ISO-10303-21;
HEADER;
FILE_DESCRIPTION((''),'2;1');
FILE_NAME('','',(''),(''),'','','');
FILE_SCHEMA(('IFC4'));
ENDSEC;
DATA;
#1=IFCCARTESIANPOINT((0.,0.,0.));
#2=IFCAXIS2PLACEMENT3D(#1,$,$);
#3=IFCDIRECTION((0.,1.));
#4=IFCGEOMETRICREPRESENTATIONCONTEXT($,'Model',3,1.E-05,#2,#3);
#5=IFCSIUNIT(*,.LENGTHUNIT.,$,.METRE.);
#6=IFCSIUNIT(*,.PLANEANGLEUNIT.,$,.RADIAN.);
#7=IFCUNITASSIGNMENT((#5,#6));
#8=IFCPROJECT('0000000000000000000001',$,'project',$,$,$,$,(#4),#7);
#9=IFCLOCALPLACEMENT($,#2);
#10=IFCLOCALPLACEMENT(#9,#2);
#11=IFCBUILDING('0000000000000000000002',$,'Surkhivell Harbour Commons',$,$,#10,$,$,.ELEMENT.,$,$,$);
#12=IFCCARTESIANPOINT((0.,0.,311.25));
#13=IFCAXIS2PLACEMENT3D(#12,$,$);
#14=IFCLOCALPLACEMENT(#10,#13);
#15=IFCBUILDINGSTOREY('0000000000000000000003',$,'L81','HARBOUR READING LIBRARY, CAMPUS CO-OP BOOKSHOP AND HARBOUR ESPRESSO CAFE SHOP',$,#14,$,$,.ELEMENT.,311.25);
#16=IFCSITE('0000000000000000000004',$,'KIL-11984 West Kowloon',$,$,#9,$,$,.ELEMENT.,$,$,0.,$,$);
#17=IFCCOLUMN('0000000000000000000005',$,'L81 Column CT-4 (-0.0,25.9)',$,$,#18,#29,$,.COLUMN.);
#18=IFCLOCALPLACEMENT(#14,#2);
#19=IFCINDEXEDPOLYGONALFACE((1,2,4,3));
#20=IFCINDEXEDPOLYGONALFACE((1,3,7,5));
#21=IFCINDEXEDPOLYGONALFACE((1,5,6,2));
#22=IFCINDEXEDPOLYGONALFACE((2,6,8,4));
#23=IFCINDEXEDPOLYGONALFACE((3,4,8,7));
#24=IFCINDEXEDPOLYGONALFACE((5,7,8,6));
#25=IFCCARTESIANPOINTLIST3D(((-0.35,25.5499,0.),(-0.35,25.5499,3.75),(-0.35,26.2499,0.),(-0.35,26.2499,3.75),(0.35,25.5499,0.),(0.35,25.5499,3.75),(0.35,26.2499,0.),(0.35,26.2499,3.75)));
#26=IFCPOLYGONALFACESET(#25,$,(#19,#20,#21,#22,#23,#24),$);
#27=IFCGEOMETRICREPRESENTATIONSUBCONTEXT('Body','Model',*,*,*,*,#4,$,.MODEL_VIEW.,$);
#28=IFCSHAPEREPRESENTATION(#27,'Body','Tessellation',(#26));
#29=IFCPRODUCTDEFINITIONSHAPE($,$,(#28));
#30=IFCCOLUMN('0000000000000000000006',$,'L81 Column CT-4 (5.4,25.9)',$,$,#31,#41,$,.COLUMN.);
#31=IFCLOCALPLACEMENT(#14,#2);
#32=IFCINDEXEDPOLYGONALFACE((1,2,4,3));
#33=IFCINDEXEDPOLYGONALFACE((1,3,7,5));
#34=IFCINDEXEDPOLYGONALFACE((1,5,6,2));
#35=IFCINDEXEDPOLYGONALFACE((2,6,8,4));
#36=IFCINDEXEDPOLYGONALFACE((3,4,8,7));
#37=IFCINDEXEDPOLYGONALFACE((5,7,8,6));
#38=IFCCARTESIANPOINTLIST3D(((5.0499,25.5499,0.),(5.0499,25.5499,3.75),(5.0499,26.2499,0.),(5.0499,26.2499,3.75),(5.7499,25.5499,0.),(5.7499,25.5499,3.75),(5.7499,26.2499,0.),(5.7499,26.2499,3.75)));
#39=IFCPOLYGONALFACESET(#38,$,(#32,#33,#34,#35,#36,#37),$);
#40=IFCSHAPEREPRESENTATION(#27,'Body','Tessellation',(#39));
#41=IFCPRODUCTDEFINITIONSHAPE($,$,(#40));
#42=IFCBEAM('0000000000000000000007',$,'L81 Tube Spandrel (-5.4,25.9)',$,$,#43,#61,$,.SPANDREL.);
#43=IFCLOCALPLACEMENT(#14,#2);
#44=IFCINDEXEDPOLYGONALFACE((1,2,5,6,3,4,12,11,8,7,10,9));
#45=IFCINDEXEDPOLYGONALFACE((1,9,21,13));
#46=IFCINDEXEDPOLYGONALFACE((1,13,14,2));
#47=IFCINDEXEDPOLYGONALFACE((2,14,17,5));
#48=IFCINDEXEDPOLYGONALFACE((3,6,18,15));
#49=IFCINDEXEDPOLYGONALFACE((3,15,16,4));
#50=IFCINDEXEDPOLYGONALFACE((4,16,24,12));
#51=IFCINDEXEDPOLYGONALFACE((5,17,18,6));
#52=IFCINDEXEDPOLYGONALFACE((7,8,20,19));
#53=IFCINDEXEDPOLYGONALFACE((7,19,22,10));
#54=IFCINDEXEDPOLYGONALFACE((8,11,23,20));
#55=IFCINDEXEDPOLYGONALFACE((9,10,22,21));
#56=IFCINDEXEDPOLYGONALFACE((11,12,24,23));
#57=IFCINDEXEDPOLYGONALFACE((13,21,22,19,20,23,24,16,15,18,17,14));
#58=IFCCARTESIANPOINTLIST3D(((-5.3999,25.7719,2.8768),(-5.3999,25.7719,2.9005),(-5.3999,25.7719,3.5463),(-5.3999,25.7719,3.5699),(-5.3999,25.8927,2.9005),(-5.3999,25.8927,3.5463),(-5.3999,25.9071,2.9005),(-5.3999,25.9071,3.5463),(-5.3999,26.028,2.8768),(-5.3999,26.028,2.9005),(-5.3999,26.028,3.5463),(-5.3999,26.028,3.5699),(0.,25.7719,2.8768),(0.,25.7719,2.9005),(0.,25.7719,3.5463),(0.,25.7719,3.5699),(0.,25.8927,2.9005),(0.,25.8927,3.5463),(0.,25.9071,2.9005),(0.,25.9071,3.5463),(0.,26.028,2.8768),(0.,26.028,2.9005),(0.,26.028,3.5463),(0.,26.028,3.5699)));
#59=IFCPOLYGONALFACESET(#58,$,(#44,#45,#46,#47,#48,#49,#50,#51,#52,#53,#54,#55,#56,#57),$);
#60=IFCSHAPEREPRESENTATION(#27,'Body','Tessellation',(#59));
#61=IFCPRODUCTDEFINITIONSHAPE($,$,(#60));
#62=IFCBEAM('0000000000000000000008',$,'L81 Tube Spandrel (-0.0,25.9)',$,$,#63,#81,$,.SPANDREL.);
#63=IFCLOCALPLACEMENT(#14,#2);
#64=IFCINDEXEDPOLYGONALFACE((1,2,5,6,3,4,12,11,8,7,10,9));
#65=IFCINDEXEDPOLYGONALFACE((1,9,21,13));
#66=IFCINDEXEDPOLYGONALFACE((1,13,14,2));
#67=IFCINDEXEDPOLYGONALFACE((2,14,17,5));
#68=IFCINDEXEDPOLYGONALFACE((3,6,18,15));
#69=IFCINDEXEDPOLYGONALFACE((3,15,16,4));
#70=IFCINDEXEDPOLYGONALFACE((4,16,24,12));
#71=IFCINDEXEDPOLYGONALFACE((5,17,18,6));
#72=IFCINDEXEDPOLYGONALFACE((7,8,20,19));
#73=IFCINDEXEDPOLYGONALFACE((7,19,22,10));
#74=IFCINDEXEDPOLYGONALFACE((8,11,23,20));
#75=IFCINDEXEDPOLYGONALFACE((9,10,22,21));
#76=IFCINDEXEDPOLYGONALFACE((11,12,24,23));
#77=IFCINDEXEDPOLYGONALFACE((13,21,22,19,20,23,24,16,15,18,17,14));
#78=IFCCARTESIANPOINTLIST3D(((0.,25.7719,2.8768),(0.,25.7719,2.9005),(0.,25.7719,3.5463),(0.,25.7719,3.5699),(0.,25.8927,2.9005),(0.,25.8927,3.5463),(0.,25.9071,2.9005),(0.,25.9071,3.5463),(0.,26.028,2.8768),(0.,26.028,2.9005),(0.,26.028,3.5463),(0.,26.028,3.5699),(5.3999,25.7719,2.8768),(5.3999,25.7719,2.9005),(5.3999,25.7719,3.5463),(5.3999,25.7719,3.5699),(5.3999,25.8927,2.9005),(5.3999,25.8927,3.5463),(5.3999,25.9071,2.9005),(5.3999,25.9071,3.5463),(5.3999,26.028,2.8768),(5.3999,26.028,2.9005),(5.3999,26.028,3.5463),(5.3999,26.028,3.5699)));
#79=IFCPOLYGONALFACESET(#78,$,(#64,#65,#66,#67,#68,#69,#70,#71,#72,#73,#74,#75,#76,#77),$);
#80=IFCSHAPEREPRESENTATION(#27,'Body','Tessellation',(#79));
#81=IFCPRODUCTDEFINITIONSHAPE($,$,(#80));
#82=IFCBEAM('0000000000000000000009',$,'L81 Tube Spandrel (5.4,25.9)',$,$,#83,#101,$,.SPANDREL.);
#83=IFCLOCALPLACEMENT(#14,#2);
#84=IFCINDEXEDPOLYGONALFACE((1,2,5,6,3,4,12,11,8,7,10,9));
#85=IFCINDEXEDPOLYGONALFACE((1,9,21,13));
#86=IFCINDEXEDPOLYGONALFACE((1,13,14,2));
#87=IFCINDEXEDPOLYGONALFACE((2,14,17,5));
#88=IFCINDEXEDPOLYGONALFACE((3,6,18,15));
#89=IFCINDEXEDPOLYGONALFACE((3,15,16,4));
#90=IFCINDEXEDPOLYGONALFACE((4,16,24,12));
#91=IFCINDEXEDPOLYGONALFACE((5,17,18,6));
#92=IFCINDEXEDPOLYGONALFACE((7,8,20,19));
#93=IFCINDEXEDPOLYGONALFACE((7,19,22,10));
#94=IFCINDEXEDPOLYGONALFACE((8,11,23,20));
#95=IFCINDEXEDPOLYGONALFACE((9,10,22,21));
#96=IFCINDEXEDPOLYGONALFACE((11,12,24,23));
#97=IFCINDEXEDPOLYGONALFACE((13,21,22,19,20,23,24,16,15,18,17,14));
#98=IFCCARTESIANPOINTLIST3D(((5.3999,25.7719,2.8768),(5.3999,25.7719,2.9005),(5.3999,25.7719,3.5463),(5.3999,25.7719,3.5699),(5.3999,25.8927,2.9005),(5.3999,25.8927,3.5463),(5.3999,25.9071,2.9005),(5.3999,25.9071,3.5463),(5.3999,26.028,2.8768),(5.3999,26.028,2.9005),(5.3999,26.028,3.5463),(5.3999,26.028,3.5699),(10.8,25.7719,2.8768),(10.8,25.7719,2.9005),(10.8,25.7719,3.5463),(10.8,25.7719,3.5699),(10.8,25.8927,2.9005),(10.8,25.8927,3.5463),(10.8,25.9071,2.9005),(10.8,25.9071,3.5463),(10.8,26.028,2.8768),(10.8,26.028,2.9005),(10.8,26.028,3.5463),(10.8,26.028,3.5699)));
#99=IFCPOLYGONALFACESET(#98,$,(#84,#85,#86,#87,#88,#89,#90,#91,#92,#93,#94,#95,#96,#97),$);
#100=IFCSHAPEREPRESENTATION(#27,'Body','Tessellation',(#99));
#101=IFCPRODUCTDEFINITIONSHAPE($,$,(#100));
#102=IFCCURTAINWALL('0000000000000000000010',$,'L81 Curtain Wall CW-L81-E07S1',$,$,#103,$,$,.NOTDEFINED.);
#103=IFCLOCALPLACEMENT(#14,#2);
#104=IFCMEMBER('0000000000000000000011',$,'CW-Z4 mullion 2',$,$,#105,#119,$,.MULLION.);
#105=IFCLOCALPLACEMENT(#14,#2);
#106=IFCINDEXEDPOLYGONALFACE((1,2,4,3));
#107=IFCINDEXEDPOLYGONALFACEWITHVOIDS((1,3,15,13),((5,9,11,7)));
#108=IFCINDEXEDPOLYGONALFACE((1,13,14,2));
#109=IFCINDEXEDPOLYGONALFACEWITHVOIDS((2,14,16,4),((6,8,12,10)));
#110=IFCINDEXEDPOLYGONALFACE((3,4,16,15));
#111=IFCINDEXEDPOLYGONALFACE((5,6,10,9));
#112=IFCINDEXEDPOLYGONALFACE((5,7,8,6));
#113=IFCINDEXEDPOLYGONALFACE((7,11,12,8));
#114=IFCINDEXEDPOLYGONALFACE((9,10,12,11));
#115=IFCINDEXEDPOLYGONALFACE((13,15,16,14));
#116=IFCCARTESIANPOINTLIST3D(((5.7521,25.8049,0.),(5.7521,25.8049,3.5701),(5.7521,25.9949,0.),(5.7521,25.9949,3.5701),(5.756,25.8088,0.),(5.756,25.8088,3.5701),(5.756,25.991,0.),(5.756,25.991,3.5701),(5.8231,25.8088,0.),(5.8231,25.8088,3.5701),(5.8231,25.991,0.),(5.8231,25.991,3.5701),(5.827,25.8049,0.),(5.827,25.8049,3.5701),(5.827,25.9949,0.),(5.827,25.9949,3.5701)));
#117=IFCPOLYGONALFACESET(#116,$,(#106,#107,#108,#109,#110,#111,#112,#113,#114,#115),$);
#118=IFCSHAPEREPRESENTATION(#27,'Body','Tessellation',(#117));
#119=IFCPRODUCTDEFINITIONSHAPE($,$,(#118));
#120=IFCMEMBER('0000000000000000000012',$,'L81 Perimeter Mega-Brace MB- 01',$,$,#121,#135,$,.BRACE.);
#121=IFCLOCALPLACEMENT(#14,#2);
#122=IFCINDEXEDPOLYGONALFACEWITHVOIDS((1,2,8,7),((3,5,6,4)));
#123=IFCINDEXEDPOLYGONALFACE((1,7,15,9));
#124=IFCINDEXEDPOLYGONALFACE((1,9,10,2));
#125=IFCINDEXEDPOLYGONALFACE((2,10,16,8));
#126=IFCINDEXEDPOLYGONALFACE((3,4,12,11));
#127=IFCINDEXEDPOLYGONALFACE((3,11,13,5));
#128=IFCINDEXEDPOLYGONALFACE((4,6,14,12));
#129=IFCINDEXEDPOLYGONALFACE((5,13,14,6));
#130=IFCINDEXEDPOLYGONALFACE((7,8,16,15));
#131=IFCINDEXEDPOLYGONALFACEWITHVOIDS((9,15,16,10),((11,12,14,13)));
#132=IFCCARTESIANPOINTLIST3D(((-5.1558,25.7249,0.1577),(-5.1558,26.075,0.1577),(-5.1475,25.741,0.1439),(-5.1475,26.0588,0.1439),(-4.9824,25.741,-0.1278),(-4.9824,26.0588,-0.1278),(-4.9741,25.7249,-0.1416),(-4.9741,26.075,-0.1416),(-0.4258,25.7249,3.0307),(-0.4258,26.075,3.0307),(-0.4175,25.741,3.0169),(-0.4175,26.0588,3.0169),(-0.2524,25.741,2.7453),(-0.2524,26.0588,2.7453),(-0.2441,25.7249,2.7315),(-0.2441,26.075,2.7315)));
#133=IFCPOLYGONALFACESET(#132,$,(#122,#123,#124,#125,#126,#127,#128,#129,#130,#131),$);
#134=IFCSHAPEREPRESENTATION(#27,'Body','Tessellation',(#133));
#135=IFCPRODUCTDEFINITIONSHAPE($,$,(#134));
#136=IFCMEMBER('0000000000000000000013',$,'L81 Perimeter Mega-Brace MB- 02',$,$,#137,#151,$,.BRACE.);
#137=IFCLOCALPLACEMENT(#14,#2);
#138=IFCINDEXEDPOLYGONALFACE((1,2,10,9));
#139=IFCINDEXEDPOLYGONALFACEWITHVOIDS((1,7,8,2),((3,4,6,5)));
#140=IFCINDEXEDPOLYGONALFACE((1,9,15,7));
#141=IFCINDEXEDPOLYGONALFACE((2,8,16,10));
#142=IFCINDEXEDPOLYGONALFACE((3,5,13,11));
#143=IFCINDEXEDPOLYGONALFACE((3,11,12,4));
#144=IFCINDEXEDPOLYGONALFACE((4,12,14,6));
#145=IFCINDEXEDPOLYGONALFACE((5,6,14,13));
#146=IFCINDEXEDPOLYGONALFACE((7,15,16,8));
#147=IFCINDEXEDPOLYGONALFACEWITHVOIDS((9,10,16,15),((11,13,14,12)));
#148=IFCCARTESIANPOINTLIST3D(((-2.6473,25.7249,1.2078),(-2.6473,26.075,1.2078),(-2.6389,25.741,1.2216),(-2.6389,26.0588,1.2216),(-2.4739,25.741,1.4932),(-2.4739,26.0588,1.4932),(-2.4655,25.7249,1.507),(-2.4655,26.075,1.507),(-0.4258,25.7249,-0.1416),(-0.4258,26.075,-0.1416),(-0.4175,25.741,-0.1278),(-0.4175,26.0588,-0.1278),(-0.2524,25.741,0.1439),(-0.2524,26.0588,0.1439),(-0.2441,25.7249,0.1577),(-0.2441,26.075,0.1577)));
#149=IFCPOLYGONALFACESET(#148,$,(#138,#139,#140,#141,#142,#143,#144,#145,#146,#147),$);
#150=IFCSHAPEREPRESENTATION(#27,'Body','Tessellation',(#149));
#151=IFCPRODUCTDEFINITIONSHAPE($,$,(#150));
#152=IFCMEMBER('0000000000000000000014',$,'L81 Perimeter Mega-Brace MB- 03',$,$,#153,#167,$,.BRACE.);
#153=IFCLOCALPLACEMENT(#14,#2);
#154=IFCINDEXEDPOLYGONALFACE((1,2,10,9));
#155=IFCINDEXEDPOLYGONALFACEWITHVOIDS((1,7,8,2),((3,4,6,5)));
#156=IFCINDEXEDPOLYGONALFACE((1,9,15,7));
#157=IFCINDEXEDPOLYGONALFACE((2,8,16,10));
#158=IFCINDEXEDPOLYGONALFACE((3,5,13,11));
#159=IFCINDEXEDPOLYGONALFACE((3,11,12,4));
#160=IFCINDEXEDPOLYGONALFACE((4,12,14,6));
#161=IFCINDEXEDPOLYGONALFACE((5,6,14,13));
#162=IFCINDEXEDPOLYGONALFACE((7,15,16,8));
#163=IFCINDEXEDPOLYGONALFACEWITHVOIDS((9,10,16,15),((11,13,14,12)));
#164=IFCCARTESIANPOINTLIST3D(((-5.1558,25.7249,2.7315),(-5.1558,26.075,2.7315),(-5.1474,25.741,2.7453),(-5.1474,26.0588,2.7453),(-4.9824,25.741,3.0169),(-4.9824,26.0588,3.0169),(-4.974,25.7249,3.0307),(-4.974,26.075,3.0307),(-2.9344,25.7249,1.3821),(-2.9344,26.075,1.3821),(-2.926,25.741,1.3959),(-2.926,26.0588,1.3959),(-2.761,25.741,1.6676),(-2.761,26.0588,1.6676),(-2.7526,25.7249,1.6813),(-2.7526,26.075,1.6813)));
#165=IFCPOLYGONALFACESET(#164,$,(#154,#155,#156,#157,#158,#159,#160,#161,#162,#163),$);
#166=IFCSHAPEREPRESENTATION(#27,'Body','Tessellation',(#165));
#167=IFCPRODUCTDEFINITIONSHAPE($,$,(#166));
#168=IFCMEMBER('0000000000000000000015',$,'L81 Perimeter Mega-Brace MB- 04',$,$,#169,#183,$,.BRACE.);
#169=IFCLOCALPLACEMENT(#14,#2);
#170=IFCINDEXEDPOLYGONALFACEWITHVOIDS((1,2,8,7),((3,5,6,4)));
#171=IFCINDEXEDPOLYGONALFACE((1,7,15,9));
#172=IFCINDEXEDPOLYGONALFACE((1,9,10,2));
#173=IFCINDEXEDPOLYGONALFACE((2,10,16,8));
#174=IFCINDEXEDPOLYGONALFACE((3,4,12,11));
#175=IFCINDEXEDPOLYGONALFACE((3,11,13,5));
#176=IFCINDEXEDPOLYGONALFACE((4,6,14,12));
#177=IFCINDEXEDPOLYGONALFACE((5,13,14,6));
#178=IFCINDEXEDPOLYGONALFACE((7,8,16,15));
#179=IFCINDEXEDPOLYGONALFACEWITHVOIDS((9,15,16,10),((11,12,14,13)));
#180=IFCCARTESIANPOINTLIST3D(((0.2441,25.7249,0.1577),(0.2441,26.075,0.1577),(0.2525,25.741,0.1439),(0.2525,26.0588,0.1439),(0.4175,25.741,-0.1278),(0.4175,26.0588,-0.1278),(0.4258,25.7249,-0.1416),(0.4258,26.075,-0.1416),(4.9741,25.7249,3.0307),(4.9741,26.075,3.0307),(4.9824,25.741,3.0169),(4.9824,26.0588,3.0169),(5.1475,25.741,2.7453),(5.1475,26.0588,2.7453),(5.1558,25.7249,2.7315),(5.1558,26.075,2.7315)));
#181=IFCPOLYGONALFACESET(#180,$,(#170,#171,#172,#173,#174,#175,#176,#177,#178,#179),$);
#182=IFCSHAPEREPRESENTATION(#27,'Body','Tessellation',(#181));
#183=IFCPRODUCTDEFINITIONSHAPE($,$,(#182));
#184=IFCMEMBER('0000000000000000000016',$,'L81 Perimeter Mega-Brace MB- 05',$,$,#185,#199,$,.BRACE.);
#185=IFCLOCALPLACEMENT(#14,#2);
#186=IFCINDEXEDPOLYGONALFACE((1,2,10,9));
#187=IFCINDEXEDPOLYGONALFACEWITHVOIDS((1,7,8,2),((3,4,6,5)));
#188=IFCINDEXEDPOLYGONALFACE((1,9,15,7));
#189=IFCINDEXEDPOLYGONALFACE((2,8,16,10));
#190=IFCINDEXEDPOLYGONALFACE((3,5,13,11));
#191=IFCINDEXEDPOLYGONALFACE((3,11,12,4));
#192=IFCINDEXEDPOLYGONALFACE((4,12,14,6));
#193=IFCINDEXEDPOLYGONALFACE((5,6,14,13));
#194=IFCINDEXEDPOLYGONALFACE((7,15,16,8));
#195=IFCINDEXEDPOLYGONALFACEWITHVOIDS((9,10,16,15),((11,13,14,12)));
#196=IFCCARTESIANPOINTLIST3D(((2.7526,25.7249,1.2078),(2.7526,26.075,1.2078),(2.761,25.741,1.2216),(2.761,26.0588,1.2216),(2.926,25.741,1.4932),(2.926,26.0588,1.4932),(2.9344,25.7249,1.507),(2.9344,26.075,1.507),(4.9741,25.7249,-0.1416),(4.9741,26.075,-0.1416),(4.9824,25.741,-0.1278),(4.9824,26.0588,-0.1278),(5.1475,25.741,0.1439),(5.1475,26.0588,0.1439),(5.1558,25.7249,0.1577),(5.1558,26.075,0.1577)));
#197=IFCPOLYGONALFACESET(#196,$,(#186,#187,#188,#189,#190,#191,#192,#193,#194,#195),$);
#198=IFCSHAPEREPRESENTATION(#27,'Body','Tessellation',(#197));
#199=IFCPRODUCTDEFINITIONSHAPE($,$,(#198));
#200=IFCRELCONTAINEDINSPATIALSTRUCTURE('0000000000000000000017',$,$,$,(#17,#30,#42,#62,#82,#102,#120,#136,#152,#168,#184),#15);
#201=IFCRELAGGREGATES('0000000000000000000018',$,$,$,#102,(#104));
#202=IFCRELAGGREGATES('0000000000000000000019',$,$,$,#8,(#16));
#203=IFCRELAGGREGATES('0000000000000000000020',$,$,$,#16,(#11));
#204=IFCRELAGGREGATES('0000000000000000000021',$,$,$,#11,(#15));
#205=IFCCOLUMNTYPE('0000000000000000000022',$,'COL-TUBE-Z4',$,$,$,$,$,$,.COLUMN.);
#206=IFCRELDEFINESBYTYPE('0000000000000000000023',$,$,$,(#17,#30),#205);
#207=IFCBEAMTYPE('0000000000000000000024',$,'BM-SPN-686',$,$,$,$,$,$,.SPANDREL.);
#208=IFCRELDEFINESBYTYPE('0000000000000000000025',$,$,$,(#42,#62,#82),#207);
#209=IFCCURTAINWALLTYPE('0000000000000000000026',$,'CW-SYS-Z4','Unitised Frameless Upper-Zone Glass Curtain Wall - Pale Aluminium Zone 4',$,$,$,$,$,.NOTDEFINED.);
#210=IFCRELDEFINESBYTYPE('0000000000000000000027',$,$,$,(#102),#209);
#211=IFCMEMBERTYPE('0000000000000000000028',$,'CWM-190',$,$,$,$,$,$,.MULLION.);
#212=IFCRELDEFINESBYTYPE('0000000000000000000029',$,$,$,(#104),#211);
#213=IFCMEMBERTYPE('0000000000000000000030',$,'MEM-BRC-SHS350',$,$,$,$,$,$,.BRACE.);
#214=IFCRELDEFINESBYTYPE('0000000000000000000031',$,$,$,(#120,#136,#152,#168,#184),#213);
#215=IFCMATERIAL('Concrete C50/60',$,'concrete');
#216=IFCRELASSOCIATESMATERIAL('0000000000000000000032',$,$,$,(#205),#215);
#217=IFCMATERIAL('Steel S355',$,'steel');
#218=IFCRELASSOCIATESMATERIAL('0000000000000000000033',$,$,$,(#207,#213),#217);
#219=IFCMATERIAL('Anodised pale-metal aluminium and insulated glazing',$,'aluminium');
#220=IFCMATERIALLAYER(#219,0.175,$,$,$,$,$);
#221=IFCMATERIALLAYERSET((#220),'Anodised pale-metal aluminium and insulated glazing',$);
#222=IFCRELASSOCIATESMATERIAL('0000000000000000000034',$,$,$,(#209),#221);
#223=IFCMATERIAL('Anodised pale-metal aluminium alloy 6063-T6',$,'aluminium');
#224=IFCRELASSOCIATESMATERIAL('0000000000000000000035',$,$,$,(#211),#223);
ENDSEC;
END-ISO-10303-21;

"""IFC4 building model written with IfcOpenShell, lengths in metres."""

from ifc_helpers import new_model, si_unit, direction, frame, origin, origin_2d, place, context, subcontext, project, spatial, rectangle, hollow_rectangle, i_section, extrude, material, layer, layer_set, material_profile, profile_set, type_object, element, aggregate, save


model = new_model("IFC4")

# Units and contexts
model_context = context("Model", 3, precision=1e-05, world=origin(), true_north=direction((0.0, 1.0)))
body_context = subcontext(model_context, "Body", "Model", "MODEL_VIEW")
ifc_project = project(units=[si_unit("LENGTHUNIT", "METRE"), si_unit("PLANEANGLEUNIT", "RADIAN")], contexts=[model_context])

# Site, building, storey
site_placement = place(None, origin())
site = spatial("IfcSite", under=ifc_project, at=site_placement, Name="KIL-11984 West Kowloon", CompositionType="ELEMENT", RefElevation=0.0)
building_placement = place(site_placement, origin())
building = spatial("IfcBuilding", under=site, at=building_placement, Name="Surkhivell Harbour Commons", CompositionType="ELEMENT")
storey_placement = place(building_placement, frame((0.0, 0.0, 311.25)))
storey = spatial("IfcBuildingStorey", under=building, at=storey_placement, Name="L81", Description="HARBOUR READING LIBRARY, CAMPUS CO-OP BOOKSHOP AND HARBOUR ESPRESSO CAFE SHOP", CompositionType="ELEMENT", Elevation=311.25)

# Columns
ifc_material_1 = material(Name="Concrete C50/60", Category="concrete")
ifc_material_profile_1 = material_profile(ifc_material_1, rectangle(XDim=0.7, YDim=0.7, at=origin_2d()), Name="RC-COL-700x700")
ifc_profile_set_1 = profile_set([ifc_material_profile_1], Name="Concrete C50/60")
column_type = type_object("IfcColumnType", Name="COL-TUBE-Z4", PredefinedType="COLUMN", material=ifc_profile_set_1)
for number, where, z_axis, x_axis, name in (
    (1, (0.0, 25.8999, 0.0), (0.0, 0.0, 1.0), (1.0, 0.0, 0.0), "L81 Column CT-4 (-0.0,25.9)"),
    (2, (5.3999, 25.8999, 0.0), (0.0, 0.0, 1.0), (1.0, 0.0, 0.0), "L81 Column CT-4 (5.4,25.9)"),
):
    element("IfcColumn", number, at=place(storey_placement, frame(where, z_axis=z_axis, x_axis=x_axis)), inside=storey, type_object=column_type, Name=name, PredefinedType="COLUMN", context=body_context, shape_type="SweptSolid", body=[
        extrude(rectangle(XDim=0.7, YDim=0.7, at=origin_2d()), origin(), (0.0, 0.0, 1.0), 3.75),
    ])

# Beams
ifc_material_2 = material(Name="Steel S355", Category="steel")
ifc_material_profile_2 = material_profile(ifc_material_2, i_section(OverallWidth=0.2561, OverallDepth=0.6931, WebThickness=0.0144, FlangeThickness=0.0237, at=origin_2d()), Name="UB686x254x170")
ifc_profile_set_2 = profile_set([ifc_material_profile_2], Name="Steel S355")
beam_type = type_object("IfcBeamType", Name="BM-SPN-686", PredefinedType="SPANDREL", material=ifc_profile_set_2)
for number, where, z_axis, x_axis, name in (
    (3, (-5.3999, 25.8999, 3.2234), (1.0, 0.0, 0.0), (0.0, 1.0, 0.0), "L81 Tube Spandrel (-5.4,25.9)"),
    (4, (0.0, 25.8999, 3.2234), (1.0, 0.0, 0.0), (0.0, 1.0, 0.0), "L81 Tube Spandrel (-0.0,25.9)"),
):
    element("IfcBeam", number, at=place(storey_placement, frame(where, z_axis=z_axis, x_axis=x_axis)), inside=storey, type_object=beam_type, Name=name, PredefinedType="SPANDREL", context=body_context, shape_type="SweptSolid", body=[
        extrude(i_section(OverallWidth=0.2561, OverallDepth=0.6931, WebThickness=0.0144, FlangeThickness=0.0237, at=origin_2d()), origin(), (0.0, 0.0, 1.0), 5.3999),
    ])
beam_placement = place(storey_placement, frame((5.3999, 25.8999, 3.2234), z_axis=(1.0, 0.0, 0.0), x_axis=(0.0, 1.0, 0.0)))
element("IfcBeam", 5, at=beam_placement, inside=storey, type_object=beam_type, Name="L81 Tube Spandrel (5.4,25.9)", PredefinedType="SPANDREL", context=body_context, shape_type="SweptSolid", body=[
    extrude(i_section(OverallWidth=0.2561, OverallDepth=0.6931, WebThickness=0.0144, FlangeThickness=0.0237, at=origin_2d()), origin(), (0.0, 0.0, 1.0), 5.4001),
])

# Curtain wall, member
ifc_material_3 = material(Name="Anodised pale-metal aluminium and insulated glazing", Category="aluminium")
ifc_layer_1 = layer(ifc_material_3, 0.175)
ifc_layer_set_1 = layer_set([ifc_layer_1], Name="Anodised pale-metal aluminium and insulated glazing")
curtain_wall_type = type_object("IfcCurtainWallType", Name="CW-SYS-Z4", Description="Unitised Frameless Upper-Zone Glass Curtain Wall - Pale Aluminium Zone 4", PredefinedType="NOTDEFINED", material=ifc_layer_set_1)
curtain_wall_placement = place(storey_placement, origin())
curtain_wall = element("IfcCurtainWall", 6, at=curtain_wall_placement, inside=storey, type_object=curtain_wall_type, Name="L81 Curtain Wall CW-L81-E07S1", PredefinedType="NOTDEFINED")
ifc_material_4 = material(Name="Anodised pale-metal aluminium alloy 6063-T6", Category="aluminium")
ifc_material_profile_3 = material_profile(ifc_material_4, hollow_rectangle(XDim=0.075, YDim=0.1899, WallThickness=0.0039, at=origin_2d()), Name="ALU-MULL-75x190")
ifc_profile_set_3 = profile_set([ifc_material_profile_3], Name="Anodised pale-metal aluminium alloy 6063-T6")
member_type_1 = type_object("IfcMemberType", Name="CWM-190", PredefinedType="MULLION", material=ifc_profile_set_3)
member_1_placement = place(storey_placement, frame((5.7896, 25.8999, 0.0), z_axis=(0.0, 0.0, 1.0), x_axis=(-1.0, 0.0, 0.0)))
member_1 = element("IfcMember", 7, at=member_1_placement, type_object=member_type_1, Name="CW-Z4 mullion 2", PredefinedType="MULLION", context=body_context, shape_type="SweptSolid", body=[
    extrude(hollow_rectangle(XDim=0.075, YDim=0.1899, WallThickness=0.0039, at=origin_2d()), origin(), (0.0, 0.0, 1.0), 3.5701),
])
aggregate(curtain_wall, [member_1])

# Members
ifc_material_profile_4 = material_profile(ifc_material_2, hollow_rectangle(XDim=0.3501, YDim=0.3501, WallThickness=0.0161, at=origin_2d()), Name="SHS350x350x16")
ifc_profile_set_4 = profile_set([ifc_material_profile_4], Name="Steel S355")
member_type_2 = type_object("IfcMemberType", Name="MEM-BRC-SHS350", PredefinedType="BRACE", material=ifc_profile_set_4)
member_2_placement = place(storey_placement, frame((-5.0649, 25.8999, 0.0081), z_axis=(0.854685, 0.0, 0.519146), x_axis=(0.0, 1.0, 0.0)))
element("IfcMember", 8, at=member_2_placement, inside=storey, type_object=member_type_2, Name="L81 Perimeter Mega-Brace MB- 01", PredefinedType="BRACE", context=body_context, shape_type="SweptSolid", body=[
    extrude(hollow_rectangle(XDim=0.3501, YDim=0.3501, WallThickness=0.0161, at=origin_2d()), origin(), (0.0, 0.0, 1.0), 5.5342),
])
for number, where, z_axis, x_axis, name in (
    (9, (-0.335, 25.8999, 0.0081), (-0.854679, 0.0, 0.519157), (0.0, -1.0, 0.0), "L81 Perimeter Mega-Brace MB- 02"),
    (10, (-2.8435, 25.8999, 1.5317), (-0.854679, 0.0, 0.519157), (0.0, -1.0, 0.0), "L81 Perimeter Mega-Brace MB- 03"),
):
    element("IfcMember", number, at=place(storey_placement, frame(where, z_axis=z_axis, x_axis=x_axis)), inside=storey, type_object=member_type_2, Name=name, PredefinedType="BRACE", context=body_context, shape_type="SweptSolid", body=[
        extrude(hollow_rectangle(XDim=0.3501, YDim=0.3501, WallThickness=0.0161, at=origin_2d()), origin(), (0.0, 0.0, 1.0), 2.5991),
    ])
member_3_placement = place(storey_placement, frame((0.335, 25.8999, 0.0081), z_axis=(0.854685, 0.0, 0.519146), x_axis=(0.0, 1.0, 0.0)))
element("IfcMember", 11, at=member_3_placement, inside=storey, type_object=member_type_2, Name="L81 Perimeter Mega-Brace MB- 04", PredefinedType="BRACE", context=body_context, shape_type="SweptSolid", body=[
    extrude(hollow_rectangle(XDim=0.3501, YDim=0.3501, WallThickness=0.0161, at=origin_2d()), origin(), (0.0, 0.0, 1.0), 5.5342),
])
for number, where, z_axis, x_axis, name in (
    (12, (5.0649, 25.8999, 0.0081), (-0.854679, 0.0, 0.519157), (0.0, -1.0, 0.0), "L81 Perimeter Mega-Brace MB- 05"),
):
    element("IfcMember", number, at=place(storey_placement, frame(where, z_axis=z_axis, x_axis=x_axis)), inside=storey, type_object=member_type_2, Name=name, PredefinedType="BRACE", context=body_context, shape_type="SweptSolid", body=[
        extrude(hollow_rectangle(XDim=0.3501, YDim=0.3501, WallThickness=0.0161, at=origin_2d()), origin(), (0.0, 0.0, 1.0), 2.5991),
    ])

save(model, "model.ifc")
